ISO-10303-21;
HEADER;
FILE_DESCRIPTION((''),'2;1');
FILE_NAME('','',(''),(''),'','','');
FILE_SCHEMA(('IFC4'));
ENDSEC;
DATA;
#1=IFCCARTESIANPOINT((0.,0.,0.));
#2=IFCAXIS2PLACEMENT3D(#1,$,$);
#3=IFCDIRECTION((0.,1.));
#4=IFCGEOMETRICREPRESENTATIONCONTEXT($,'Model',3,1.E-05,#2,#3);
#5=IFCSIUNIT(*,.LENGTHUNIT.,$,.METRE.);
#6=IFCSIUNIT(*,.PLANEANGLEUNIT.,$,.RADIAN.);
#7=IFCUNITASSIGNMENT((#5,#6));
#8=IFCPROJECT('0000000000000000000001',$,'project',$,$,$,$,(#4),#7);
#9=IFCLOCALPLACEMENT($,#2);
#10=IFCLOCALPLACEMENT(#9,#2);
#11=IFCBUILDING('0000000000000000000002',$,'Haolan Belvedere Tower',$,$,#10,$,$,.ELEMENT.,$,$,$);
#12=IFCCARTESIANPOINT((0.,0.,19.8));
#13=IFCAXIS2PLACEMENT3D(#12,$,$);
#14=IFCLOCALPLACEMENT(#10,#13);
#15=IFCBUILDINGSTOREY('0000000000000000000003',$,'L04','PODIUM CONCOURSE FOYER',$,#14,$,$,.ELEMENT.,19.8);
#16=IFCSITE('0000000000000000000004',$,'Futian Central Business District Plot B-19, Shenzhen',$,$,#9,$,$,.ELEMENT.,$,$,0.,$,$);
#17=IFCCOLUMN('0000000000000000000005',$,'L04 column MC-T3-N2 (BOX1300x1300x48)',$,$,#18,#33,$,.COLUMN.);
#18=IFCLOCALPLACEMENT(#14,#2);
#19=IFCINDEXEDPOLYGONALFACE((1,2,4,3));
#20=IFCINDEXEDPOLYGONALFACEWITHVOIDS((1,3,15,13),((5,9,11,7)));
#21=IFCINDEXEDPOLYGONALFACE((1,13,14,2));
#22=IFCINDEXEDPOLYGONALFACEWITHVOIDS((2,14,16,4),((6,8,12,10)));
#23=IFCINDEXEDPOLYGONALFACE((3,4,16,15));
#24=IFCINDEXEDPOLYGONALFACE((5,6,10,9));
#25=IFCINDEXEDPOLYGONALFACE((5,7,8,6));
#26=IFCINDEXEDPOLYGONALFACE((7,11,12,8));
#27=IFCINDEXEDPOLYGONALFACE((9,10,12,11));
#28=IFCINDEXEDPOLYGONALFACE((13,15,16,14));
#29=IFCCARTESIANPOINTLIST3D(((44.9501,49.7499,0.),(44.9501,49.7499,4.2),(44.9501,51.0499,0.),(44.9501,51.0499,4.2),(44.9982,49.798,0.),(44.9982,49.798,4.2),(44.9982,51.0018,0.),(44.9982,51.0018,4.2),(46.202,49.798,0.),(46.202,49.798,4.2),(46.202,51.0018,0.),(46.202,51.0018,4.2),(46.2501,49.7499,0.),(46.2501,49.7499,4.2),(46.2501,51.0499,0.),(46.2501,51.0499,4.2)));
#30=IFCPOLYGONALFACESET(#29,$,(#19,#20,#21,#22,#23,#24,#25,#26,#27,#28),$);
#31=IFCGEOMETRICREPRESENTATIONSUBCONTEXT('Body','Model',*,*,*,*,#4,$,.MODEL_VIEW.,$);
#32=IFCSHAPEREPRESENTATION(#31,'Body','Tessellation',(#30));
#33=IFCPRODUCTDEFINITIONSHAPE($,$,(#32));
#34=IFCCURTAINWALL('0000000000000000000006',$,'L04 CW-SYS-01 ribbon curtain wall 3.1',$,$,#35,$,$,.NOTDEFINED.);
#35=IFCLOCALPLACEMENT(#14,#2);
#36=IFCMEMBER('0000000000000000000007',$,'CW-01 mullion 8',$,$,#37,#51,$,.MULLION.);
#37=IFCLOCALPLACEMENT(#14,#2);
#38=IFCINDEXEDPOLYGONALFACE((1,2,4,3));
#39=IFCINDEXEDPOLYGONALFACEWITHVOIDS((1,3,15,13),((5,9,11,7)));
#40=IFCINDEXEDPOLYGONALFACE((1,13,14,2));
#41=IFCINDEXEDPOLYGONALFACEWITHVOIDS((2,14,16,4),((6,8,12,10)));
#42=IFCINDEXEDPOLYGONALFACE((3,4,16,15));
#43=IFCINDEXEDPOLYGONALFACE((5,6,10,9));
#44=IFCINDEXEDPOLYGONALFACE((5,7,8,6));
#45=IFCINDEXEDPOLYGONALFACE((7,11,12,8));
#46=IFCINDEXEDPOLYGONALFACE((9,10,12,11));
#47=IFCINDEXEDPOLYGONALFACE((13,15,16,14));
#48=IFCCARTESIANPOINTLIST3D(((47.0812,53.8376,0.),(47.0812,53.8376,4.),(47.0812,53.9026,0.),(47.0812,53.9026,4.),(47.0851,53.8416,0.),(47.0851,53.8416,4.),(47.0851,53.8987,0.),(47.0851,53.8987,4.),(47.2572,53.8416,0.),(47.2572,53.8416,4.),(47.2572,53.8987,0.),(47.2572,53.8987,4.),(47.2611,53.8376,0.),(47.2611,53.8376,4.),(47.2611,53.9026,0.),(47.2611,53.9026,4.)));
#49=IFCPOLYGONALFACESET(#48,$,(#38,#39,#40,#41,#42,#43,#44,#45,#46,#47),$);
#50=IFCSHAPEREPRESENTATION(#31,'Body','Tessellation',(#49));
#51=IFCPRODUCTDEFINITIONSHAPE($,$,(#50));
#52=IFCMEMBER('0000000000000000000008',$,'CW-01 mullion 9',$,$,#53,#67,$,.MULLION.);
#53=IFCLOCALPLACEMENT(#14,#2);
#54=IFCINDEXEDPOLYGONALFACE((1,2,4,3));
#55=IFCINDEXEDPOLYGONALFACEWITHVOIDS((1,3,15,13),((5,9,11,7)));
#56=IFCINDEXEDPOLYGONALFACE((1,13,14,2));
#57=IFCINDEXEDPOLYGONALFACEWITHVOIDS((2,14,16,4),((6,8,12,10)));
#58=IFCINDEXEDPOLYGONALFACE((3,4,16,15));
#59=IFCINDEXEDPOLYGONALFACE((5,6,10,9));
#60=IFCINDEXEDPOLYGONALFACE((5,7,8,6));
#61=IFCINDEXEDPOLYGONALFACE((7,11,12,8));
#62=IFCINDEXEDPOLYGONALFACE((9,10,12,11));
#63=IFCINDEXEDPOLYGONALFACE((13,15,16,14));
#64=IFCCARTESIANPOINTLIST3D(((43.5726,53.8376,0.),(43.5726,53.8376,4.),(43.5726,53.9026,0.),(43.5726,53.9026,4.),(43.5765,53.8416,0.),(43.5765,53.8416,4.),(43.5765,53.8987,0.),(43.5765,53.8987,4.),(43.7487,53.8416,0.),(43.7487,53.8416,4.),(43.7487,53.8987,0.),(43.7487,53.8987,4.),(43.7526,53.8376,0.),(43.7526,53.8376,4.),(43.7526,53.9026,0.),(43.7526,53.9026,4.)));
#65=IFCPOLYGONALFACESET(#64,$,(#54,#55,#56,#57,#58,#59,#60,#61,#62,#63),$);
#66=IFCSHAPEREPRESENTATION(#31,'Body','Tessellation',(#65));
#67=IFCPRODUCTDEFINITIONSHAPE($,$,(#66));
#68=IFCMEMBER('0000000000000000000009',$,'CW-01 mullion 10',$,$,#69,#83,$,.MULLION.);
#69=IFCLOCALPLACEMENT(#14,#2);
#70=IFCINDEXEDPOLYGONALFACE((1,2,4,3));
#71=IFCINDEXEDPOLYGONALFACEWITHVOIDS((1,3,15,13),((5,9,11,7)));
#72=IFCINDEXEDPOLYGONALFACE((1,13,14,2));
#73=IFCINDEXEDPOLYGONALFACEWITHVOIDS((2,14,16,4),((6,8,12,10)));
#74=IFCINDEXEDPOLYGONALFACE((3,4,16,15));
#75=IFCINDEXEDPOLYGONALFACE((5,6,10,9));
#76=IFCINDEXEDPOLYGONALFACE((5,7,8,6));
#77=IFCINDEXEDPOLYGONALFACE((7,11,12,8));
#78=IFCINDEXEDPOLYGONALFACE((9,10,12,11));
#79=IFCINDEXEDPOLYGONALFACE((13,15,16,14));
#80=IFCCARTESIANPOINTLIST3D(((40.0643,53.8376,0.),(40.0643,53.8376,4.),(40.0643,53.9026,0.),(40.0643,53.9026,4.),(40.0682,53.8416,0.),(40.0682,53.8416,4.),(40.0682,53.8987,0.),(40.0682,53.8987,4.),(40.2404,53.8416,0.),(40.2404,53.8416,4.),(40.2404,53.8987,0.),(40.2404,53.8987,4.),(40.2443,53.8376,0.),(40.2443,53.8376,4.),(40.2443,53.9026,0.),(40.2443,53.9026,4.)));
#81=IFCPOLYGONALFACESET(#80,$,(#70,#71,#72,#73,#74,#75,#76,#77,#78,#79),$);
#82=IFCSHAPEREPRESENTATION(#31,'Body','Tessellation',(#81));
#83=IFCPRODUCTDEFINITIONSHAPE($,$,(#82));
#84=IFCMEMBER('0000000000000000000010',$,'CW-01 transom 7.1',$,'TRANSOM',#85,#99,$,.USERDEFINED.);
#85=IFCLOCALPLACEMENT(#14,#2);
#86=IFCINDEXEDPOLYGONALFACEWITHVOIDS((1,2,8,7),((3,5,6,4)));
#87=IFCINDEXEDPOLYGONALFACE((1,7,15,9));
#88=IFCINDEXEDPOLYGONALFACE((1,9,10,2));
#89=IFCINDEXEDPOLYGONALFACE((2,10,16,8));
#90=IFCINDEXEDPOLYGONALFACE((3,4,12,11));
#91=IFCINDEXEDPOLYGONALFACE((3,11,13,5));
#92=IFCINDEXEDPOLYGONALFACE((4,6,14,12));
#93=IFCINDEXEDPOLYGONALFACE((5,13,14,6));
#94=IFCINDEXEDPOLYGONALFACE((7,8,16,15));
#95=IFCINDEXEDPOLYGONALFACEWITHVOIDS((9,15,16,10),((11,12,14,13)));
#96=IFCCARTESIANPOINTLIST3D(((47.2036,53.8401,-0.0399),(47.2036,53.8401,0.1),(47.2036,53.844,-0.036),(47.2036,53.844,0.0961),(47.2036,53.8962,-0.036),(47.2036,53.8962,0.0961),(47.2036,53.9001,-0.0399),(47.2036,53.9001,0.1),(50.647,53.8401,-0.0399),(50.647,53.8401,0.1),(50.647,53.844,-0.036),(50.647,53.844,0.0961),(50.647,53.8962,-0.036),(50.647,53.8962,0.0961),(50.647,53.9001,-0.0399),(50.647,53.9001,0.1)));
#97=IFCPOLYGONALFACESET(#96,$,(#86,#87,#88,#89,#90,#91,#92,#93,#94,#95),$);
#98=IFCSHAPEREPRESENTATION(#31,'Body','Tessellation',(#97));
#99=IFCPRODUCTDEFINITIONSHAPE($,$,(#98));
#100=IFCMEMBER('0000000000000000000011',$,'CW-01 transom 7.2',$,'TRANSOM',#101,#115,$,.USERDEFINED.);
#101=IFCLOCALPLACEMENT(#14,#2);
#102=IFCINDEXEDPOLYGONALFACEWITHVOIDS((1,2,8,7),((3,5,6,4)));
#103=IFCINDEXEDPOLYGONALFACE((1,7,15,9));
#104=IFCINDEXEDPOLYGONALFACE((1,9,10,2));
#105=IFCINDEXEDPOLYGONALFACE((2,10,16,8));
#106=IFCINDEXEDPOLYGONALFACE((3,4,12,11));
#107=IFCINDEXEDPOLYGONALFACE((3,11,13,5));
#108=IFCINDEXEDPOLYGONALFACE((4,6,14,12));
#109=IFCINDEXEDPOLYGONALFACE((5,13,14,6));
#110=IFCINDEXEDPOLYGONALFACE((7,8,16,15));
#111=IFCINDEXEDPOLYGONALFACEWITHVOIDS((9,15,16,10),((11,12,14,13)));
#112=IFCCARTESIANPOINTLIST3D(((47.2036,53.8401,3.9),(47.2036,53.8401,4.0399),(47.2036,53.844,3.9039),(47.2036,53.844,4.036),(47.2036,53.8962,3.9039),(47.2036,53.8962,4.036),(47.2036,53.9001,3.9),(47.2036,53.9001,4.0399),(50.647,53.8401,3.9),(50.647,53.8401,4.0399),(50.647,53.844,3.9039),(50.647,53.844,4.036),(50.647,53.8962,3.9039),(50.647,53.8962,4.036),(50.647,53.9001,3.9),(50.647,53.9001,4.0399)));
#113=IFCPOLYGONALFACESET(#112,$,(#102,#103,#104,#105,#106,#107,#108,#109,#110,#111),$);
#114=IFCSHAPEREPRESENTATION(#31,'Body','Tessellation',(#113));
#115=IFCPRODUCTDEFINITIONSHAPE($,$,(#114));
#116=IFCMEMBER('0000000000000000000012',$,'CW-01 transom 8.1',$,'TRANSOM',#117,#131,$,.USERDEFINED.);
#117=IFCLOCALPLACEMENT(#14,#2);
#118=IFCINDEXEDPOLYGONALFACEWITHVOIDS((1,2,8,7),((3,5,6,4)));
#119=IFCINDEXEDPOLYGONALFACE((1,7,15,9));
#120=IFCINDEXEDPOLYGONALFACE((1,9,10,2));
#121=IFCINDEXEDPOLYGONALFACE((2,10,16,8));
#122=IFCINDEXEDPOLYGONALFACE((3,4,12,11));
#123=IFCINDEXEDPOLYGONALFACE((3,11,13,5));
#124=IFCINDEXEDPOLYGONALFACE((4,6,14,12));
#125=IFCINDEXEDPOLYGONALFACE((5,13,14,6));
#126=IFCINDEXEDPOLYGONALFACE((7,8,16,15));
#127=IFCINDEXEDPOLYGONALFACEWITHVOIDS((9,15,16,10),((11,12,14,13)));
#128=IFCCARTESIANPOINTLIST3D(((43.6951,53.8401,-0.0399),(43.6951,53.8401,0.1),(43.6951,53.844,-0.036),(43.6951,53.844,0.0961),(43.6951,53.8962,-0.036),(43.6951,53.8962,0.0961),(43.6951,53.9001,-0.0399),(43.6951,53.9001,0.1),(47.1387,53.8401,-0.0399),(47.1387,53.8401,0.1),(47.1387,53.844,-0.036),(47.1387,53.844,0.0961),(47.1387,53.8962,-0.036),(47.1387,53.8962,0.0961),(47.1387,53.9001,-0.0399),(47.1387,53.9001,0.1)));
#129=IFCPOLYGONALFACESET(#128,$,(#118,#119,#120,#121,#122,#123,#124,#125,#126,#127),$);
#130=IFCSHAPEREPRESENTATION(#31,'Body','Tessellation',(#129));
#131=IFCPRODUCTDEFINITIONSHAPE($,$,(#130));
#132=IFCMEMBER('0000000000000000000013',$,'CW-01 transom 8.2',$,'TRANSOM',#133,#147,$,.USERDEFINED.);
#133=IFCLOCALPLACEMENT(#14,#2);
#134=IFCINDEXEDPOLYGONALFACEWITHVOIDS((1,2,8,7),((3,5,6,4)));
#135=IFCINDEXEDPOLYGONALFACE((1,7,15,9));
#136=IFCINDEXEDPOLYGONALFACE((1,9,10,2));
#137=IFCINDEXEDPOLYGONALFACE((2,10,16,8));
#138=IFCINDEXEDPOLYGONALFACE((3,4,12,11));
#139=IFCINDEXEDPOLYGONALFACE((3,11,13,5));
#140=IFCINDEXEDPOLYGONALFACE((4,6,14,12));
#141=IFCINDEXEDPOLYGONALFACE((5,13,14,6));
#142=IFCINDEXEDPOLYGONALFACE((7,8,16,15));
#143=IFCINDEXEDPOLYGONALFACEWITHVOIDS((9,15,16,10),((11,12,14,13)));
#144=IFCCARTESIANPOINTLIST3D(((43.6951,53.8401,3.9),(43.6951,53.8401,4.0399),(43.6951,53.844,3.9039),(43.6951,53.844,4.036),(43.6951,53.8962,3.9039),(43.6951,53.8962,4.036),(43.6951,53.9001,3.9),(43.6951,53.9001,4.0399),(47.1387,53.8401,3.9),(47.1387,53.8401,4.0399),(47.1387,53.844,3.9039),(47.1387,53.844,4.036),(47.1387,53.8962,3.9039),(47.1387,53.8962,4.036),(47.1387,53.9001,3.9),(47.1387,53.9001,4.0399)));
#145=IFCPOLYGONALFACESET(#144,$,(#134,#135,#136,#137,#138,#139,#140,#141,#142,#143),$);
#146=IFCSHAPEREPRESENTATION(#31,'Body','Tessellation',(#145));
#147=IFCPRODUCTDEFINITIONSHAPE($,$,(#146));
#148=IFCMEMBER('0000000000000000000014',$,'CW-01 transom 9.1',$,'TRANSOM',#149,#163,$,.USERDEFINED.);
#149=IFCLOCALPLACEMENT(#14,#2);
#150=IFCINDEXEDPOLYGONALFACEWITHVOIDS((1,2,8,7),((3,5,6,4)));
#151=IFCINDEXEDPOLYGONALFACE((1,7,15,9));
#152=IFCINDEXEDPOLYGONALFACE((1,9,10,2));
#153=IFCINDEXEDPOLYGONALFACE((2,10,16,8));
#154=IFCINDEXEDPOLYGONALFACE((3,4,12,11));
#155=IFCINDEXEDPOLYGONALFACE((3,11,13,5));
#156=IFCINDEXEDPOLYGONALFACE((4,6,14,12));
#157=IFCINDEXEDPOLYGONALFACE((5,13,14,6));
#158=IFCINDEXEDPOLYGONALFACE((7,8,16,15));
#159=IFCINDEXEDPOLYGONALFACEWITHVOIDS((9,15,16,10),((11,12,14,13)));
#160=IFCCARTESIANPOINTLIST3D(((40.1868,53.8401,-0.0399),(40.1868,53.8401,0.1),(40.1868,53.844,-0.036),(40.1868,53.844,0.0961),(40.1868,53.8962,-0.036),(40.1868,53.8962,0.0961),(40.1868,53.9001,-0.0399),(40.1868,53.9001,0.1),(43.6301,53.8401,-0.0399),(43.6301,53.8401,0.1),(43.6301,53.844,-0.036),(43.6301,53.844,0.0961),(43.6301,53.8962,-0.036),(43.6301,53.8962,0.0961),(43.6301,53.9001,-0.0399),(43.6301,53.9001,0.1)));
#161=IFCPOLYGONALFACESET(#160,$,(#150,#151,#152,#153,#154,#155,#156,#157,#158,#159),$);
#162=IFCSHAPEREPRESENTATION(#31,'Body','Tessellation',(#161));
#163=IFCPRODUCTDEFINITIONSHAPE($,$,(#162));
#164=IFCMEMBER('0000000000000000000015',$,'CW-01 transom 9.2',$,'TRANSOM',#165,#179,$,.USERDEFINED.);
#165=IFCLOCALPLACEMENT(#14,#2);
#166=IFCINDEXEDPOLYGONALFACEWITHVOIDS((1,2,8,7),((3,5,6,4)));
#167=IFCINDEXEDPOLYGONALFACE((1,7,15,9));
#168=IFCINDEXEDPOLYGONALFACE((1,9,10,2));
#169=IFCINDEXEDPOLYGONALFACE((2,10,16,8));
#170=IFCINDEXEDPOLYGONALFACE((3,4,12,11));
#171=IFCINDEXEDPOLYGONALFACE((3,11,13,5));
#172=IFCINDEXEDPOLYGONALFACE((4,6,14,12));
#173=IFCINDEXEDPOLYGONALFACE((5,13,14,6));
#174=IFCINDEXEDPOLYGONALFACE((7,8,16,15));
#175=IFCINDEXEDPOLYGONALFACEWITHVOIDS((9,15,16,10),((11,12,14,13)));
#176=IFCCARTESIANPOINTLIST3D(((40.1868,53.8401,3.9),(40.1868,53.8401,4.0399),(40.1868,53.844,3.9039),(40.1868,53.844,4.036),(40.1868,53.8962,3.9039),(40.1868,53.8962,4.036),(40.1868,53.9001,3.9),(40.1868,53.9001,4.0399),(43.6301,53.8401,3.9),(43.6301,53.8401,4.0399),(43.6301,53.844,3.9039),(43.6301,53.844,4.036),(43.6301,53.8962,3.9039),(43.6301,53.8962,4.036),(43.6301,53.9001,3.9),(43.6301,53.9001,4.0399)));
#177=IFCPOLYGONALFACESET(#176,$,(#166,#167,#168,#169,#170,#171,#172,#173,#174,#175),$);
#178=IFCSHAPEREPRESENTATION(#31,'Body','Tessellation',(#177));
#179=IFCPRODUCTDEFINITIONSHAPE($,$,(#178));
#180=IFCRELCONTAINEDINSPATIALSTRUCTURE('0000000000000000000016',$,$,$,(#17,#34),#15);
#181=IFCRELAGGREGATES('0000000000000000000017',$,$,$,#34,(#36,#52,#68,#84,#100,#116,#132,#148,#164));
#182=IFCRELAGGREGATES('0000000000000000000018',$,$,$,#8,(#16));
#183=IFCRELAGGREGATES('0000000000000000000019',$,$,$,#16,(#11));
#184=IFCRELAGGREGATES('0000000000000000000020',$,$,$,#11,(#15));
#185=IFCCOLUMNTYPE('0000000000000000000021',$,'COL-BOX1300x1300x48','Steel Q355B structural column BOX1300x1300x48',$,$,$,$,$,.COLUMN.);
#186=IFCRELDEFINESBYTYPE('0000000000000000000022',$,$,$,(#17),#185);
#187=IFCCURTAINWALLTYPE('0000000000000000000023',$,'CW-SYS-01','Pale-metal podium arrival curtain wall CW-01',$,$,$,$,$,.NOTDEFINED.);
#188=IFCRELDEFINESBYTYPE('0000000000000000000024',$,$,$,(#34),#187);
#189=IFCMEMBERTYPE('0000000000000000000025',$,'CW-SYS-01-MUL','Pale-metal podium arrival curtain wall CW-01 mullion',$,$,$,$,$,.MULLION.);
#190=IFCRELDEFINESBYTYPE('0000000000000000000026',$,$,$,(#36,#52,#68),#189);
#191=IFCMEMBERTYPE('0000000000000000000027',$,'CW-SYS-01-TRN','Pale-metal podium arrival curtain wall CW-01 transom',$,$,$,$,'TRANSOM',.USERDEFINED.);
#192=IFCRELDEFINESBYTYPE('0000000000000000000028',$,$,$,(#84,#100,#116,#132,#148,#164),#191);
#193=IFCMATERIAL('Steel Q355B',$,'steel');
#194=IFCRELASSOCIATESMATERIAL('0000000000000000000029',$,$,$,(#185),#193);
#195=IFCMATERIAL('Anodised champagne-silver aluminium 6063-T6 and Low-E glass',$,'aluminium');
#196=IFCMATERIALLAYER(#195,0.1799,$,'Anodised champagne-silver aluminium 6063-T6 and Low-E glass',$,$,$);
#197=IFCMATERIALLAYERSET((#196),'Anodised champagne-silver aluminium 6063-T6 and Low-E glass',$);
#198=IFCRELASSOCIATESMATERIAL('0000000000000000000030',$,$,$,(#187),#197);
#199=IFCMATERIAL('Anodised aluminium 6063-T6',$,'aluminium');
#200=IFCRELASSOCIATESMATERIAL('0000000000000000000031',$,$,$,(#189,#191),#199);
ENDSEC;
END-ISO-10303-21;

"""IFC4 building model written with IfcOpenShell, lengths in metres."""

from ifc_helpers import new_model, si_unit, direction, frame, origin, origin_2d, place, context, subcontext, project, spatial, hollow_rectangle, extrude, material, layer, layer_set, material_profile, profile_set, type_object, element, aggregate, save


model = new_model("IFC4")

# Units and contexts
model_context = context("Model", 3, precision=1e-05, world=origin(), true_north=direction((0.0, 1.0)))
body_context = subcontext(model_context, "Body", "Model", "MODEL_VIEW")
ifc_project = project(units=[si_unit("LENGTHUNIT", "METRE"), si_unit("PLANEANGLEUNIT", "RADIAN")], contexts=[model_context])

# Site, building, storey
site_placement = place(None, origin())
site = spatial("IfcSite", under=ifc_project, at=site_placement, Name="Futian Central Business District Plot B-19, Shenzhen", CompositionType="ELEMENT", RefElevation=0.0)
building_placement = place(site_placement, origin())
building = spatial("IfcBuilding", under=site, at=building_placement, Name="Haolan Belvedere Tower", CompositionType="ELEMENT")
storey_placement = place(building_placement, frame((0.0, 0.0, 19.8)))
storey = spatial("IfcBuildingStorey", under=building, at=storey_placement, Name="L04", Description="PODIUM CONCOURSE FOYER", CompositionType="ELEMENT", Elevation=19.8)

# Column
ifc_material_1 = material(Name="Steel Q355B", Category="steel")
ifc_material_profile_1 = material_profile(ifc_material_1, hollow_rectangle(XDim=1.3, YDim=1.3, WallThickness=0.0481, at=origin_2d()), Name="Steel Q355B")
ifc_profile_set_1 = profile_set([ifc_material_profile_1], Name="Steel Q355B")
column_type = type_object("IfcColumnType", Name="COL-BOX1300x1300x48", Description="Steel Q355B structural column BOX1300x1300x48", PredefinedType="COLUMN", material=ifc_profile_set_1)
column_placement = place(storey_placement, frame((45.6001, 50.3999, 0.0), z_axis=(0.0, 0.0, 1.0), x_axis=(1.0, 0.0, 0.0)))
element("IfcColumn", 1, at=column_placement, inside=storey, type_object=column_type, Name="L04 column MC-T3-N2 (BOX1300x1300x48)", PredefinedType="COLUMN", context=body_context, shape_type="SweptSolid", body=[
    extrude(hollow_rectangle(XDim=1.3, YDim=1.3, WallThickness=0.0481, at=origin_2d()), origin(), (0.0, 0.0, 1.0), 4.2),
])

# Curtain wall, members
ifc_material_2 = material(Name="Anodised champagne-silver aluminium 6063-T6 and Low-E glass", Category="aluminium")
ifc_layer_1 = layer(ifc_material_2, 0.1799, Name="Anodised champagne-silver aluminium 6063-T6 and Low-E glass")
ifc_layer_set_1 = layer_set([ifc_layer_1], Name="Anodised champagne-silver aluminium 6063-T6 and Low-E glass")
curtain_wall_type = type_object("IfcCurtainWallType", Name="CW-SYS-01", Description="Pale-metal podium arrival curtain wall CW-01", PredefinedType="NOTDEFINED", material=ifc_layer_set_1)
curtain_wall_placement = place(storey_placement, origin())
curtain_wall = element("IfcCurtainWall", 2, at=curtain_wall_placement, inside=storey, type_object=curtain_wall_type, Name="L04 CW-SYS-01 ribbon curtain wall 3.1", PredefinedType="NOTDEFINED")
ifc_material_3 = material(Name="Anodised aluminium 6063-T6", Category="aluminium")
ifc_material_profile_2 = material_profile(ifc_material_3, hollow_rectangle(XDim=0.0649, YDim=0.1799, WallThickness=0.0039, at=origin_2d()), Name="Anodised aluminium 6063-T6")
ifc_profile_set_2 = profile_set([ifc_material_profile_2], Name="Anodised aluminium 6063-T6")
member_type_1 = type_object("IfcMemberType", Name="CW-SYS-01-MUL", Description="Pale-metal podium arrival curtain wall CW-01 mullion", PredefinedType="MULLION", material=ifc_profile_set_2)
member_1_placement = place(storey_placement, frame((47.1711, 53.8701, 0.0), z_axis=(0.0, 0.0, 1.0), x_axis=(0.0, -1.0, 0.0)))
member_1 = element("IfcMember", 3, at=member_1_placement, type_object=member_type_1, Name="CW-01 mullion 8", PredefinedType="MULLION", context=body_context, shape_type="SweptSolid", body=[
    extrude(hollow_rectangle(XDim=0.0649, YDim=0.1799, WallThickness=0.0039, at=origin_2d()), origin(), (0.0, 0.0, 1.0), 4.0),
])
member_2_placement = place(storey_placement, frame((43.6626, 53.8701, 0.0), z_axis=(0.0, 0.0, 1.0), x_axis=(0.0, -1.0, 0.0)))
member_2 = element("IfcMember", 4, at=member_2_placement, type_object=member_type_1, Name="CW-01 mullion 9", PredefinedType="MULLION", context=body_context, shape_type="SweptSolid", body=[
    extrude(hollow_rectangle(XDim=0.0649, YDim=0.1799, WallThickness=0.0039, at=origin_2d()), origin(), (0.0, 0.0, 1.0), 4.0),
])
member_3_placement = place(storey_placement, frame((40.1543, 53.8701, 0.0), z_axis=(0.0, 0.0, 1.0), x_axis=(0.0, -1.0, 0.0)))
member_3 = element("IfcMember", 5, at=member_3_placement, type_object=member_type_1, Name="CW-01 mullion 10", PredefinedType="MULLION", context=body_context, shape_type="SweptSolid", body=[
    extrude(hollow_rectangle(XDim=0.0649, YDim=0.1799, WallThickness=0.0039, at=origin_2d()), origin(), (0.0, 0.0, 1.0), 4.0),
])
ifc_material_profile_3 = material_profile(ifc_material_3, hollow_rectangle(XDim=0.0601, YDim=0.1399, WallThickness=0.0039, at=origin_2d()), Name="Anodised aluminium 6063-T6")
ifc_profile_set_3 = profile_set([ifc_material_profile_3], Name="Anodised aluminium 6063-T6")
member_type_2 = type_object("IfcMemberType", Name="CW-SYS-01-TRN", Description="Pale-metal podium arrival curtain wall CW-01 transom", ElementType="TRANSOM", PredefinedType="USERDEFINED", material=ifc_profile_set_3)
member_4_placement = place(storey_placement, frame((50.647, 53.8701, 0.03), z_axis=(-1.0, 0.0, 0.0), x_axis=(0.0, -1.0, 0.0)))
member_4 = element("IfcMember", 6, at=member_4_placement, type_object=member_type_2, Name="CW-01 transom 7.1", ObjectType="TRANSOM", PredefinedType="USERDEFINED", context=body_context, shape_type="SweptSolid", body=[
    extrude(hollow_rectangle(XDim=0.0601, YDim=0.1399, WallThickness=0.0039, at=origin_2d()), origin(), (0.0, 0.0, 1.0), 3.4434),
])
member_5_placement = place(storey_placement, frame((50.647, 53.8701, 3.97), z_axis=(-1.0, 0.0, 0.0), x_axis=(0.0, -1.0, 0.0)))
member_5 = element("IfcMember", 7, at=member_5_placement, type_object=member_type_2, Name="CW-01 transom 7.2", ObjectType="TRANSOM", PredefinedType="USERDEFINED", context=body_context, shape_type="SweptSolid", body=[
    extrude(hollow_rectangle(XDim=0.0601, YDim=0.1399, WallThickness=0.0039, at=origin_2d()), origin(), (0.0, 0.0, 1.0), 3.4434),
])
member_6_placement = place(storey_placement, frame((47.1387, 53.8701, 0.03), z_axis=(-1.0, 0.0, 0.0), x_axis=(0.0, -1.0, 0.0)))
member_6 = element("IfcMember", 8, at=member_6_placement, type_object=member_type_2, Name="CW-01 transom 8.1", ObjectType="TRANSOM", PredefinedType="USERDEFINED", context=body_context, shape_type="SweptSolid", body=[
    extrude(hollow_rectangle(XDim=0.0601, YDim=0.1399, WallThickness=0.0039, at=origin_2d()), origin(), (0.0, 0.0, 1.0), 3.4436),
])
member_7_placement = place(storey_placement, frame((47.1387, 53.8701, 3.97), z_axis=(-1.0, 0.0, 0.0), x_axis=(0.0, -1.0, 0.0)))
member_7 = element("IfcMember", 9, at=member_7_placement, type_object=member_type_2, Name="CW-01 transom 8.2", ObjectType="TRANSOM", PredefinedType="USERDEFINED", context=body_context, shape_type="SweptSolid", body=[
    extrude(hollow_rectangle(XDim=0.0601, YDim=0.1399, WallThickness=0.0039, at=origin_2d()), origin(), (0.0, 0.0, 1.0), 3.4436),
])
member_8_placement = place(storey_placement, frame((43.6301, 53.8701, 0.03), z_axis=(-1.0, 0.0, 0.0), x_axis=(0.0, -1.0, 0.0)))
member_8 = element("IfcMember", 10, at=member_8_placement, type_object=member_type_2, Name="CW-01 transom 9.1", ObjectType="TRANSOM", PredefinedType="USERDEFINED", context=body_context, shape_type="SweptSolid", body=[
    extrude(hollow_rectangle(XDim=0.0601, YDim=0.1399, WallThickness=0.0039, at=origin_2d()), origin(), (0.0, 0.0, 1.0), 3.4434),
])
member_9_placement = place(storey_placement, frame((43.6301, 53.8701, 3.97), z_axis=(-1.0, 0.0, 0.0), x_axis=(0.0, -1.0, 0.0)))
member_9 = element("IfcMember", 11, at=member_9_placement, type_object=member_type_2, Name="CW-01 transom 9.2", ObjectType="TRANSOM", PredefinedType="USERDEFINED", context=body_context, shape_type="SweptSolid", body=[
    extrude(hollow_rectangle(XDim=0.0601, YDim=0.1399, WallThickness=0.0039, at=origin_2d()), origin(), (0.0, 0.0, 1.0), 3.4434),
])

aggregate(curtain_wall, [member_1, member_2, member_3, member_4, member_5, member_6, member_7, member_8, member_9])

save(model, "model.ifc")
